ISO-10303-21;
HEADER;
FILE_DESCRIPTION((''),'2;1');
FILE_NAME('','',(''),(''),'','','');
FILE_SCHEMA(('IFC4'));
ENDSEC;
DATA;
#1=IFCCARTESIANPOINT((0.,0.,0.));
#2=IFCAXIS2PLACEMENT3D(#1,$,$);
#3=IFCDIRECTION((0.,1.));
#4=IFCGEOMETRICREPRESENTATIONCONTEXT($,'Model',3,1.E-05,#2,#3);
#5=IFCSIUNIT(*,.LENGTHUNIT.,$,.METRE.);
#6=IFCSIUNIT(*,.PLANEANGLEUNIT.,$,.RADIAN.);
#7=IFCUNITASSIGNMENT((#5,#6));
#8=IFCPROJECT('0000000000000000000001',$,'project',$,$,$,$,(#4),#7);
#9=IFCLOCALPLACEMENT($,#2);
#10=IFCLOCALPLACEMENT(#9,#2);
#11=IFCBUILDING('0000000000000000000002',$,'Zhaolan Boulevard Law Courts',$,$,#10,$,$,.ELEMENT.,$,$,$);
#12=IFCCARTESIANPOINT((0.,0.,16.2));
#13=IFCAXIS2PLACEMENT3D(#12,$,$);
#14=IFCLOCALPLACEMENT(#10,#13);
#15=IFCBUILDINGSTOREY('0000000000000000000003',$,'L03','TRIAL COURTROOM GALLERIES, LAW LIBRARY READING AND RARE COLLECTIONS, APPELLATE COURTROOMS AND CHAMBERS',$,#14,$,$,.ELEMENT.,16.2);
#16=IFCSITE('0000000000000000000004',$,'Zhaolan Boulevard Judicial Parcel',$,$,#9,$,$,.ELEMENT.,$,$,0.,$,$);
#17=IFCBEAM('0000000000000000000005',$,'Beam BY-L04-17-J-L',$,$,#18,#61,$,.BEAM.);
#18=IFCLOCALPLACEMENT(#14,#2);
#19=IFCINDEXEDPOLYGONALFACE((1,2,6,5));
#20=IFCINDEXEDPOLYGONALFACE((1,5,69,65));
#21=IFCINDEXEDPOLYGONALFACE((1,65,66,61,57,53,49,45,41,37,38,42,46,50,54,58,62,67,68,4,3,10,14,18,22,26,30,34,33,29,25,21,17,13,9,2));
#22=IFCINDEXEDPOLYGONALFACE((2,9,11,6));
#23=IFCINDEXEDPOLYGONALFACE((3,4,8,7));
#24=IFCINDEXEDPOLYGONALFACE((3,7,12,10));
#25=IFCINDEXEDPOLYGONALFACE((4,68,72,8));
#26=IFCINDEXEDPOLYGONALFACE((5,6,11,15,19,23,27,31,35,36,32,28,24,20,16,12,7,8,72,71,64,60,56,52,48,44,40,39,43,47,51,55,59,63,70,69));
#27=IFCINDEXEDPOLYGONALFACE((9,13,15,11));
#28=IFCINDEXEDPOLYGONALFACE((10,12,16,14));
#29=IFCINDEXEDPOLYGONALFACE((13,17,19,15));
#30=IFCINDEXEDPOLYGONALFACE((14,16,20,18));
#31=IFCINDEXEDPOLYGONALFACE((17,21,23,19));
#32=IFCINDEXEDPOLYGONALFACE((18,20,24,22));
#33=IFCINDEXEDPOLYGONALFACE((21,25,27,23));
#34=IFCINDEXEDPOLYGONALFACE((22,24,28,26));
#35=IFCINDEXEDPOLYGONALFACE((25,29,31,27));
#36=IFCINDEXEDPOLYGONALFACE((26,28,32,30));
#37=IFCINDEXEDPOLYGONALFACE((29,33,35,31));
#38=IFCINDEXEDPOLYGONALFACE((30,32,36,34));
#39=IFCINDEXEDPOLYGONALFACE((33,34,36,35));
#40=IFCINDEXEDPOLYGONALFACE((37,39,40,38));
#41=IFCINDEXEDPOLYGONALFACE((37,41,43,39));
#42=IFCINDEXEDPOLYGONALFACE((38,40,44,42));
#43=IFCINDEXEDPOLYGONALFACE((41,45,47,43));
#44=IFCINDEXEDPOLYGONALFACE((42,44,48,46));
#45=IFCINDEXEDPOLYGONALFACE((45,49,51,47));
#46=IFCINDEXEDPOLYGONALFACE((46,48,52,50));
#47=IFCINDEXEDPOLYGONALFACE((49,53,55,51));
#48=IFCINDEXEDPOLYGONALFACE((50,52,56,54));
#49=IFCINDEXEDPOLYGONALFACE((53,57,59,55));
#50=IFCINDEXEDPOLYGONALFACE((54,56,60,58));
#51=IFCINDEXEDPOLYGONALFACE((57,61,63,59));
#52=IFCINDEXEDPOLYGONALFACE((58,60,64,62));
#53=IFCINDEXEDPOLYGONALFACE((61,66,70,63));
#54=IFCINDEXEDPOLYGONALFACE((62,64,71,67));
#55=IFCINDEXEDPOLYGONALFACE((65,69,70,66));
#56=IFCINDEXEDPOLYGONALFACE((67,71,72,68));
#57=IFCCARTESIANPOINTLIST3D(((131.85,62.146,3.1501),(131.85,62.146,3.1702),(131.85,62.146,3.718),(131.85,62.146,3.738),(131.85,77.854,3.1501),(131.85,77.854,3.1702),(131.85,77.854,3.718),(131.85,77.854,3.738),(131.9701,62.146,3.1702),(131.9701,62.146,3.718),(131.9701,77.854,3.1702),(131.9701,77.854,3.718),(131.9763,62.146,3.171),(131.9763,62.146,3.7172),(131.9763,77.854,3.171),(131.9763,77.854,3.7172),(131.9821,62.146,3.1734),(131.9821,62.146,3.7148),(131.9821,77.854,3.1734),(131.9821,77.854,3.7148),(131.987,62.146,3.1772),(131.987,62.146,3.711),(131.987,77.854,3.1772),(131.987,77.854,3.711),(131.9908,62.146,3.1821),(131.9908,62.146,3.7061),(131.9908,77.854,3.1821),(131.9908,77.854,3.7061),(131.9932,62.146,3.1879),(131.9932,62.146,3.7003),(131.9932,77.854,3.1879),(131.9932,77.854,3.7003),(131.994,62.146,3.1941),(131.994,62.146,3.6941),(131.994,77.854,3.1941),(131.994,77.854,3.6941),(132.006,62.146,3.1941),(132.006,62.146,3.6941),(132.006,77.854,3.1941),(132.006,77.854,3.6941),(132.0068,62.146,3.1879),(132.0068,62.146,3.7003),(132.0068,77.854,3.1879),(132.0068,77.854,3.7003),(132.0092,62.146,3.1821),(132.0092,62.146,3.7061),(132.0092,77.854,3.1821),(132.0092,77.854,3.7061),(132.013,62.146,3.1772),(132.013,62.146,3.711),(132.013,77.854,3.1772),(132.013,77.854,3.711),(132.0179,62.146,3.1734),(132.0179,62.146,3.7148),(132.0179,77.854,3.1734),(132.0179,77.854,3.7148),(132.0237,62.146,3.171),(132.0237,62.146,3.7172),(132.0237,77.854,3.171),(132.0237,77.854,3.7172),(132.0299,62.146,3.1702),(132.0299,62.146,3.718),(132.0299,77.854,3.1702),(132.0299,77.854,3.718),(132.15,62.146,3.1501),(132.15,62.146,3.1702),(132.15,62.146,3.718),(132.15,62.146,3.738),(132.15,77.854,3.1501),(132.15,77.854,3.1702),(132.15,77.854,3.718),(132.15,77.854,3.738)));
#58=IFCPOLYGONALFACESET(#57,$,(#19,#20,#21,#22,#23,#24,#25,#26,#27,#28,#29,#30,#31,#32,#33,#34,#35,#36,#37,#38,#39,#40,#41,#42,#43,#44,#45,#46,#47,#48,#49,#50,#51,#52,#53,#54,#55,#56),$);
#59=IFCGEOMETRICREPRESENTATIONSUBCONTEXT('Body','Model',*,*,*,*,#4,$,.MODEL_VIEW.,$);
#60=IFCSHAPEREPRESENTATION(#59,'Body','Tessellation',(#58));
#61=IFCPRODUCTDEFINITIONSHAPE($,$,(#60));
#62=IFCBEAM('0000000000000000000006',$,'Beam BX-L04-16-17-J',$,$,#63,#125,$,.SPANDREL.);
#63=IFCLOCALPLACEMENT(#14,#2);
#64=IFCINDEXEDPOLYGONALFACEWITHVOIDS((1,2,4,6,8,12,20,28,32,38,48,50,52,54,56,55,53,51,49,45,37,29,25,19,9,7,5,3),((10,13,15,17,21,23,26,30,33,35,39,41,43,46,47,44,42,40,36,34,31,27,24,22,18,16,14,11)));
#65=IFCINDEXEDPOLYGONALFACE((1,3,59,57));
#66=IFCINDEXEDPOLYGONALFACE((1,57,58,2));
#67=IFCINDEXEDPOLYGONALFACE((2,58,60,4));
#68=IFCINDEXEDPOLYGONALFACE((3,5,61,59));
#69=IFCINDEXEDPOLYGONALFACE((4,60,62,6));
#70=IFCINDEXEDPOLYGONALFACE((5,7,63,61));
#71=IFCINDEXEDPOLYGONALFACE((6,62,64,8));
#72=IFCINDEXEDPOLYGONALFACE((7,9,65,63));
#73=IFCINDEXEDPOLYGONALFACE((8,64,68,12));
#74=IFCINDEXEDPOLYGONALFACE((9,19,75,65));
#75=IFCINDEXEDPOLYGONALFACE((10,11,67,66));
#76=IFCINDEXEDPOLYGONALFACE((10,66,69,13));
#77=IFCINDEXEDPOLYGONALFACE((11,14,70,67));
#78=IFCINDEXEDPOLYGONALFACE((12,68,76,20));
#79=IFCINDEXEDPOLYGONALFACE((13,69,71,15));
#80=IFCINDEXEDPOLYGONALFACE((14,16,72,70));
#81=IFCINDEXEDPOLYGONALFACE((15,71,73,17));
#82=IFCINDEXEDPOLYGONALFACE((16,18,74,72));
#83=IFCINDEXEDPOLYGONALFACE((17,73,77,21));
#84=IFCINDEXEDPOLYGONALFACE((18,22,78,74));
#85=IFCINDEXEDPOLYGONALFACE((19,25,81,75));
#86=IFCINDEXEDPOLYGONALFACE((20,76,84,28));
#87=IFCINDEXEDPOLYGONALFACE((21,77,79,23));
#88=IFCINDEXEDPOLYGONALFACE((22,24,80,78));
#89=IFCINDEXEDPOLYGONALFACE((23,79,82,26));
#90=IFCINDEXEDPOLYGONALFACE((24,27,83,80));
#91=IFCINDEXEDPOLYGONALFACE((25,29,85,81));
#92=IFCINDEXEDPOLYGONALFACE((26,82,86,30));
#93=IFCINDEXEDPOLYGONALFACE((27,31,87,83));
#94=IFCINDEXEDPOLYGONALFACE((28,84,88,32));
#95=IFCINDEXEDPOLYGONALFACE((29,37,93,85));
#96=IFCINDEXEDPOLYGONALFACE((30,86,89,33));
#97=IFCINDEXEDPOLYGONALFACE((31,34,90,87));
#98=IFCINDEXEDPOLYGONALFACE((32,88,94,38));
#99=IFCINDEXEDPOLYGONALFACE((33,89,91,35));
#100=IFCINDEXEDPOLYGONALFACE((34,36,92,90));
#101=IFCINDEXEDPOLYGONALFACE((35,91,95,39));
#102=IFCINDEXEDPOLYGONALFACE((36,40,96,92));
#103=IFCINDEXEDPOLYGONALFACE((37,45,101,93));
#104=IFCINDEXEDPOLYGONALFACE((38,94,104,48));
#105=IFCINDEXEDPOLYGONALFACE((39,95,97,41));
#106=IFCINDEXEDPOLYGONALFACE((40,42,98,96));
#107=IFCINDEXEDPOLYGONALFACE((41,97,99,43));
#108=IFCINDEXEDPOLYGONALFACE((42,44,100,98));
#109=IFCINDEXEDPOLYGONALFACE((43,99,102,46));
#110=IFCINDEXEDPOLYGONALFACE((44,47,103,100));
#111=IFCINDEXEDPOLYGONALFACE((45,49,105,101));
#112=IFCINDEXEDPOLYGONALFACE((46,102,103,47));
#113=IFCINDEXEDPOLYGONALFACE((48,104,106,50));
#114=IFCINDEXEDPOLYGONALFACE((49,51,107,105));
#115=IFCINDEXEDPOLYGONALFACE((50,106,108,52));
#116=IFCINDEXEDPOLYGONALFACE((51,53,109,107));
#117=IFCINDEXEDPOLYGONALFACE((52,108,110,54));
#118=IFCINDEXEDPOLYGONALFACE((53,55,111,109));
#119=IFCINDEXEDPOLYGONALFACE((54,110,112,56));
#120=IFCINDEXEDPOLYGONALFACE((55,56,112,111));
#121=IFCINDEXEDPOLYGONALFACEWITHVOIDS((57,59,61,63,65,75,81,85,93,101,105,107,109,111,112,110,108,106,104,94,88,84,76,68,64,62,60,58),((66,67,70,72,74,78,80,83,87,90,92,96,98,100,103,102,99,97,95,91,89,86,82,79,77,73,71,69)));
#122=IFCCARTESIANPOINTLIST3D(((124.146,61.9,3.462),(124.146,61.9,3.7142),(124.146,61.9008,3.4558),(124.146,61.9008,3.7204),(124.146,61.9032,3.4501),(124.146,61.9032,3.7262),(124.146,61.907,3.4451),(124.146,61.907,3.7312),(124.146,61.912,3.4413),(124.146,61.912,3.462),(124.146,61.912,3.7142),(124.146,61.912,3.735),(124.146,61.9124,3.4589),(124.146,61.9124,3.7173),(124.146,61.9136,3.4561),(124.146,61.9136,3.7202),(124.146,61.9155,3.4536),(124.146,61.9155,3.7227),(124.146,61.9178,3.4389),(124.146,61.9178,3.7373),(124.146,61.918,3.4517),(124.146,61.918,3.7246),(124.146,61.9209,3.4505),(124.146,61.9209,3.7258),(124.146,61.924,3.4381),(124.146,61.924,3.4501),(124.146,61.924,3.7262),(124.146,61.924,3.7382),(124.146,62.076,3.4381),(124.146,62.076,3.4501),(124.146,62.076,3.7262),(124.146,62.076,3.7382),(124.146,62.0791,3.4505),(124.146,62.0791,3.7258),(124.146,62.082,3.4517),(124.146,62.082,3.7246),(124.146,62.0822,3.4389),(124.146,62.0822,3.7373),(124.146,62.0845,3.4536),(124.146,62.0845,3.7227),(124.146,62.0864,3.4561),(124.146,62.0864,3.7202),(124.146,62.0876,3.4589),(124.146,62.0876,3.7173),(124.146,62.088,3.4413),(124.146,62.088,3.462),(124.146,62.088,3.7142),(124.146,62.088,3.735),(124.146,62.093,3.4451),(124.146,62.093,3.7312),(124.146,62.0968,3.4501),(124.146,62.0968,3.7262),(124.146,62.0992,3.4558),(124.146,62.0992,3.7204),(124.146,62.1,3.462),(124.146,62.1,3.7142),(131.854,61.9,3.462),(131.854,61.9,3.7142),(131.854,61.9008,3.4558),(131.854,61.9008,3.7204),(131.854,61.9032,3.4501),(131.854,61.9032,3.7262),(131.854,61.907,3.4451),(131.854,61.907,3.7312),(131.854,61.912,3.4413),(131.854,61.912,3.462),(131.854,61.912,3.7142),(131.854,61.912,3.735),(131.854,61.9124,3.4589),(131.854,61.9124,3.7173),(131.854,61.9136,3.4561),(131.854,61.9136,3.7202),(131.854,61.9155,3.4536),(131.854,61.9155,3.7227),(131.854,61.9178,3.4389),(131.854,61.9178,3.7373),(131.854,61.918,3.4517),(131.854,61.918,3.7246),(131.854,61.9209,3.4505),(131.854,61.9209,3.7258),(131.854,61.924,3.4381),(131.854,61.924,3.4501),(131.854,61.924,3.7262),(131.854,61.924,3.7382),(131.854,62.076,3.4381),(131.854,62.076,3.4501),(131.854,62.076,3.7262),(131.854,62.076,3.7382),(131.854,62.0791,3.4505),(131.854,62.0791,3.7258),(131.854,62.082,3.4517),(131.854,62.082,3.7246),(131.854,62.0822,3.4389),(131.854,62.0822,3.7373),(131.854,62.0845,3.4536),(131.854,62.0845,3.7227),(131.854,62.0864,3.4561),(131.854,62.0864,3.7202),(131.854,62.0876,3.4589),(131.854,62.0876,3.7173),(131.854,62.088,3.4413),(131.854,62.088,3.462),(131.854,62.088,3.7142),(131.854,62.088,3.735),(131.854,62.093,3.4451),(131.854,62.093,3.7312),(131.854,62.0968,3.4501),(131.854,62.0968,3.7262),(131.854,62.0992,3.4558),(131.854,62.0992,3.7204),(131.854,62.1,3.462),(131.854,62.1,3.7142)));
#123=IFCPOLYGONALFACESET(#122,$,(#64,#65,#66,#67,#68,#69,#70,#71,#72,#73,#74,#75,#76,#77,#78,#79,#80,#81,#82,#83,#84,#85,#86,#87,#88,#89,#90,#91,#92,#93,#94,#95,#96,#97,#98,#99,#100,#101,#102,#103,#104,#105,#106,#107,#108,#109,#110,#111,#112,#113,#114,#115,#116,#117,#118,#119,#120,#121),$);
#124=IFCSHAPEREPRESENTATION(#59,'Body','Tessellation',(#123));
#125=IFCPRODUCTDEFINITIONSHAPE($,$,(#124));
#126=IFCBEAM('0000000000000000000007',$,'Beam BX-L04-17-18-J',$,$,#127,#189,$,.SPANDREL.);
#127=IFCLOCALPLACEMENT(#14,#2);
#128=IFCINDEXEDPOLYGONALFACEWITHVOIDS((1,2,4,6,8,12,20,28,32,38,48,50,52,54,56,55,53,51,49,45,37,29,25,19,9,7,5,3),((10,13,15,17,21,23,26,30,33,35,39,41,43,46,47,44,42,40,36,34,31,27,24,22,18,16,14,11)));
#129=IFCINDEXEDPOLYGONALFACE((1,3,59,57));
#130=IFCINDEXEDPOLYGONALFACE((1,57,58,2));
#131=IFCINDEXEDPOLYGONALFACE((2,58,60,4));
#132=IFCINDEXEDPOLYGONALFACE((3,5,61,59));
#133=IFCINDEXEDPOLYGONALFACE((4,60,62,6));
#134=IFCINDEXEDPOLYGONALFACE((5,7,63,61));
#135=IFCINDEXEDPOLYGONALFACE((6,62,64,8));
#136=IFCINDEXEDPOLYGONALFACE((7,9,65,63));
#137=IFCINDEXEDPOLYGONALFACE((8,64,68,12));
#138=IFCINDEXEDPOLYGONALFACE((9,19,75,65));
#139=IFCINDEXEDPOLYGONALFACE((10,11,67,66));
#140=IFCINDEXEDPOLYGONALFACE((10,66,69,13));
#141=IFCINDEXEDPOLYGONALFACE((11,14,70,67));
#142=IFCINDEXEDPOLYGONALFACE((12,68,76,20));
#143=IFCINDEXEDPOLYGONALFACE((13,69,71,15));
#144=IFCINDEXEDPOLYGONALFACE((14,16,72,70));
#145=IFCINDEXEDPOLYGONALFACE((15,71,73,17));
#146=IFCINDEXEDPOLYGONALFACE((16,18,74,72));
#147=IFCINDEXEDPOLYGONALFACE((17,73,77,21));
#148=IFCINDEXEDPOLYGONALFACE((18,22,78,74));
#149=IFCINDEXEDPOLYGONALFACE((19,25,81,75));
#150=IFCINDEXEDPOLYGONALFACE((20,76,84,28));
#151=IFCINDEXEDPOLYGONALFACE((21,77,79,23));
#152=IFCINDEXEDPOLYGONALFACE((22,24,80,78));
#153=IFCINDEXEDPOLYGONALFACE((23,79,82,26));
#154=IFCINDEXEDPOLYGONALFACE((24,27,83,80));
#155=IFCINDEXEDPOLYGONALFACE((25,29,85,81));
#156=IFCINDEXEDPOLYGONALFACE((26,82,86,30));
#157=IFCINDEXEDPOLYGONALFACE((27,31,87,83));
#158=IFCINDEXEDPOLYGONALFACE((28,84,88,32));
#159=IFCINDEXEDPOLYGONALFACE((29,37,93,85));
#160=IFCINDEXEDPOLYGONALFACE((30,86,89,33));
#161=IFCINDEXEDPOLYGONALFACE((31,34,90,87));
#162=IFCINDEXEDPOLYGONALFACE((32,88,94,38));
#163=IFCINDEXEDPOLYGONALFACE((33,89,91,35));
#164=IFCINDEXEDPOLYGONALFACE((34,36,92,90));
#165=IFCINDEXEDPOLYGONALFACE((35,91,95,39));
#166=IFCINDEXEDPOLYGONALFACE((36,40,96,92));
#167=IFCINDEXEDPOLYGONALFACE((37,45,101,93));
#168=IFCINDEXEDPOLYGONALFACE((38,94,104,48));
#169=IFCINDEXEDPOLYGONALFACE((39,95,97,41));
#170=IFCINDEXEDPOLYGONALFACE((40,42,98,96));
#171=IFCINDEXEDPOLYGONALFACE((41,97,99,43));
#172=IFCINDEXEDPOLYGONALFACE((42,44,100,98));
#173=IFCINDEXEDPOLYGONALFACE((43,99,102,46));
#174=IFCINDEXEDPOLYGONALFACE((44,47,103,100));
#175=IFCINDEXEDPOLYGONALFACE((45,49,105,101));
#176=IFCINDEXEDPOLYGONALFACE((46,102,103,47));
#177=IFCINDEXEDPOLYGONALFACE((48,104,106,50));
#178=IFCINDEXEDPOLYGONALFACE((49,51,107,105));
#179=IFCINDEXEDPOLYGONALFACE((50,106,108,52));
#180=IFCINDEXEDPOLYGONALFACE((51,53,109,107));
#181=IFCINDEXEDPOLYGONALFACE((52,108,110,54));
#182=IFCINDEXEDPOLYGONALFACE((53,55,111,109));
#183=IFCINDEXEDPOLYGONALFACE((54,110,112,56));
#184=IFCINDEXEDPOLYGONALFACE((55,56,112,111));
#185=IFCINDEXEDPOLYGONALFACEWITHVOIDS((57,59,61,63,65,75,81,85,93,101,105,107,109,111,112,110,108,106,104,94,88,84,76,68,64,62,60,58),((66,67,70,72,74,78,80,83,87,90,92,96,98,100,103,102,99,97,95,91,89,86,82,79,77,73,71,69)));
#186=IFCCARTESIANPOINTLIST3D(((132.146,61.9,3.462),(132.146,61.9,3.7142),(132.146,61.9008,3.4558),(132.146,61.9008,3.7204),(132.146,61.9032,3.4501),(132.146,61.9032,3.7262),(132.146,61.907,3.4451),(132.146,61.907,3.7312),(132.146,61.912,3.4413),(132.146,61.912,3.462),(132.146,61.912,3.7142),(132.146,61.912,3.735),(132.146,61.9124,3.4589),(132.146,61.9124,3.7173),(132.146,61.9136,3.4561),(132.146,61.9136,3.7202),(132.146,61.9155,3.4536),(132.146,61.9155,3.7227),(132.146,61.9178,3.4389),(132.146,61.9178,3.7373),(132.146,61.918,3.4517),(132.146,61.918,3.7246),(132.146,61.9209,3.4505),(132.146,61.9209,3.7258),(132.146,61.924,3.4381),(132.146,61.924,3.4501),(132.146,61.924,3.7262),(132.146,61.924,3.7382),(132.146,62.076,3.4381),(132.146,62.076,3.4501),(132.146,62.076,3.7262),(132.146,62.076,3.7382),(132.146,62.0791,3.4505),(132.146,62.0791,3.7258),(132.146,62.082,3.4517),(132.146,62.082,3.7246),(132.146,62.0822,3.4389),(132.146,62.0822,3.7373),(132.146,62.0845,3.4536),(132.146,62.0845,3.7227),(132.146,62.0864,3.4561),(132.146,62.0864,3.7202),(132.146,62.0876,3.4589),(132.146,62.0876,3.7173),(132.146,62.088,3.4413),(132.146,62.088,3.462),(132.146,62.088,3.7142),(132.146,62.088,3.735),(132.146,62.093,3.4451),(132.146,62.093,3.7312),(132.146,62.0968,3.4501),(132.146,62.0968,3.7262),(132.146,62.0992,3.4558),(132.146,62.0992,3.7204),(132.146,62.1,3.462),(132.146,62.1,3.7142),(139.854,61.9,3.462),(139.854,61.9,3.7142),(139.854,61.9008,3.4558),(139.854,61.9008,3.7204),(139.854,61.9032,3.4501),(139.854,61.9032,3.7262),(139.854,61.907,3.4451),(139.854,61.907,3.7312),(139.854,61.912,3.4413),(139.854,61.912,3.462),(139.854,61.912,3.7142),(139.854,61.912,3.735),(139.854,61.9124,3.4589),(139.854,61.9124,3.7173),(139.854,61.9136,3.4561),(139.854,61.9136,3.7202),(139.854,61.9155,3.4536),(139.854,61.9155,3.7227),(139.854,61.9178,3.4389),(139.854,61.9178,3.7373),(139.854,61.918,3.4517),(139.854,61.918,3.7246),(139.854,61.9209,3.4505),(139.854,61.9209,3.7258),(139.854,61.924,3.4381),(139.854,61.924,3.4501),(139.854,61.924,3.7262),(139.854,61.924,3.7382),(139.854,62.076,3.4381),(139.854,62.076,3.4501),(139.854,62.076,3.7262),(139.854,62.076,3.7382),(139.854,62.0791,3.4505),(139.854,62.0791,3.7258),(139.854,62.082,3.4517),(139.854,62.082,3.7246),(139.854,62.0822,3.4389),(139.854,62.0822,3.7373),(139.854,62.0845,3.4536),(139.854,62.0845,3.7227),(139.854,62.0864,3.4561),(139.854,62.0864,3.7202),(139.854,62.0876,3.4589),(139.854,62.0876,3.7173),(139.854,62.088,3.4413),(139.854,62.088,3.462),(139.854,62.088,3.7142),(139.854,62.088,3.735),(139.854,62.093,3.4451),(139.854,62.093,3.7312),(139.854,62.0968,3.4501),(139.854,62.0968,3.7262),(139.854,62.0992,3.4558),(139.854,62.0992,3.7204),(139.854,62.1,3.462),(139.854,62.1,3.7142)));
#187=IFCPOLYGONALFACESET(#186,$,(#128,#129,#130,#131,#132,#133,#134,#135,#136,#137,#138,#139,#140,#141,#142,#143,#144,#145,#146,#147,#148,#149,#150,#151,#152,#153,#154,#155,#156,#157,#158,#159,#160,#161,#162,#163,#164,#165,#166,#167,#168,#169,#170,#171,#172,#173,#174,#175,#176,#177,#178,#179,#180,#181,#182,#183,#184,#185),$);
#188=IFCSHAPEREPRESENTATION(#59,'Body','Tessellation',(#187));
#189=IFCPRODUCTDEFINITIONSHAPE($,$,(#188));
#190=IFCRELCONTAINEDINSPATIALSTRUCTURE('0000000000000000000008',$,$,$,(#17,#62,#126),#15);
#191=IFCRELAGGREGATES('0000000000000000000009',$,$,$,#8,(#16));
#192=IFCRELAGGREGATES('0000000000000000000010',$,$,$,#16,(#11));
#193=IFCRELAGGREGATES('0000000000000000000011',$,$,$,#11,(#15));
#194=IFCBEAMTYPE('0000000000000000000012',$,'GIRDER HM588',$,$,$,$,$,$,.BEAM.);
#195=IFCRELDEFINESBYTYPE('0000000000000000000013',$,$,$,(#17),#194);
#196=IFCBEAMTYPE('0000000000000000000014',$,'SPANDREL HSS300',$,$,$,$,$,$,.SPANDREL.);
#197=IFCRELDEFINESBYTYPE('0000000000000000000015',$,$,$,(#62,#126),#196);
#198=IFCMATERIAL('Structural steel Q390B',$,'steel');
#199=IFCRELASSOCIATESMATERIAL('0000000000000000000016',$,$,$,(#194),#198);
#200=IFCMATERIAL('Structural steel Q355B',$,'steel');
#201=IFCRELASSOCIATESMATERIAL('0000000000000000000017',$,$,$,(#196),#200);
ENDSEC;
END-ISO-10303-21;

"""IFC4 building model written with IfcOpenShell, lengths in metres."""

from ifc_helpers import new_model, si_unit, direction, frame, origin, origin_2d, place, context, subcontext, project, spatial, hollow_rectangle, i_section, extrude, material, material_profile, profile_set, type_object, element, save


model = new_model("IFC4")

# Units and contexts
model_context = context("Model", 3, precision=1e-05, world=origin(), true_north=direction((0.0, 1.0)))
body_context = subcontext(model_context, "Body", "Model", "MODEL_VIEW")
ifc_project = project(units=[si_unit("LENGTHUNIT", "METRE"), si_unit("PLANEANGLEUNIT", "RADIAN")], contexts=[model_context])

# Site, building, storey
site_placement = place(None, origin())
site = spatial("IfcSite", under=ifc_project, at=site_placement, Name="Zhaolan Boulevard Judicial Parcel", CompositionType="ELEMENT", RefElevation=0.0)
building_placement = place(site_placement, origin())
building = spatial("IfcBuilding", under=site, at=building_placement, Name="Zhaolan Boulevard Law Courts", CompositionType="ELEMENT")
storey_placement = place(building_placement, frame((0.0, 0.0, 16.2)))
storey = spatial("IfcBuildingStorey", under=building, at=storey_placement, Name="L03", Description="TRIAL COURTROOM GALLERIES, LAW LIBRARY READING AND RARE COLLECTIONS, APPELLATE COURTROOMS AND CHAMBERS", CompositionType="ELEMENT", Elevation=16.2)

# Beams
ifc_material_1 = material(Name="Structural steel Q390B", Category="steel")
ifc_material_profile_1 = material_profile(ifc_material_1, i_section(OverallWidth=0.3, OverallDepth=0.5879, WebThickness=0.012, FlangeThickness=0.02, FilletRadius=0.0239, at=origin_2d()), Name="HM588x300")
ifc_profile_set_1 = profile_set([ifc_material_profile_1], Name="Structural steel Q390B")
beam_type_1 = type_object("IfcBeamType", Name="GIRDER HM588", PredefinedType="BEAM", material=ifc_profile_set_1)
for number, where, z_axis, x_axis, name in (
    (1, (132.0, 62.146, 3.4441), (0.0, 1.0, 0.0), (-1.0, 0.0, 0.0), "Beam BY-L04-17-J-L"),
):
    element("IfcBeam", number, at=place(storey_placement, frame(where, z_axis=z_axis, x_axis=x_axis)), inside=storey, type_object=beam_type_1, Name=name, PredefinedType="BEAM", context=body_context, shape_type="SweptSolid", body=[
        extrude(i_section(OverallWidth=0.3, OverallDepth=0.5879, WebThickness=0.012, FlangeThickness=0.02, FilletRadius=0.0239, at=origin_2d()), origin(), (0.0, 0.0, 1.0), 15.708),
    ])
ifc_material_2 = material(Name="Structural steel Q355B", Category="steel")
ifc_material_profile_2 = material_profile(ifc_material_2, hollow_rectangle(XDim=0.2, YDim=0.3, WallThickness=0.012, InnerFilletRadius=0.012, OuterFilletRadius=0.0239, at=origin_2d()), Name="HSS300x200x12")
ifc_profile_set_2 = profile_set([ifc_material_profile_2], Name="Structural steel Q355B")
beam_type_2 = type_object("IfcBeamType", Name="SPANDREL HSS300", PredefinedType="SPANDREL", material=ifc_profile_set_2)
for number, where, z_axis, x_axis, name in (
    (2, (124.146, 62.0, 3.5881), (1.0, 0.0, 0.0), (0.0, 1.0, 0.0), "Beam BX-L04-16-17-J"),
    (3, (132.146, 62.0, 3.5881), (1.0, 0.0, 0.0), (0.0, 1.0, 0.0), "Beam BX-L04-17-18-J"),
):
    element("IfcBeam", number, at=place(storey_placement, frame(where, z_axis=z_axis, x_axis=x_axis)), inside=storey, type_object=beam_type_2, Name=name, PredefinedType="SPANDREL", context=body_context, shape_type="SweptSolid", body=[
        extrude(hollow_rectangle(XDim=0.2, YDim=0.3, WallThickness=0.012, InnerFilletRadius=0.012, OuterFilletRadius=0.0239, at=origin_2d()), origin(), (0.0, 0.0, 1.0), 7.708),
    ])

save(model, "model.ifc")
